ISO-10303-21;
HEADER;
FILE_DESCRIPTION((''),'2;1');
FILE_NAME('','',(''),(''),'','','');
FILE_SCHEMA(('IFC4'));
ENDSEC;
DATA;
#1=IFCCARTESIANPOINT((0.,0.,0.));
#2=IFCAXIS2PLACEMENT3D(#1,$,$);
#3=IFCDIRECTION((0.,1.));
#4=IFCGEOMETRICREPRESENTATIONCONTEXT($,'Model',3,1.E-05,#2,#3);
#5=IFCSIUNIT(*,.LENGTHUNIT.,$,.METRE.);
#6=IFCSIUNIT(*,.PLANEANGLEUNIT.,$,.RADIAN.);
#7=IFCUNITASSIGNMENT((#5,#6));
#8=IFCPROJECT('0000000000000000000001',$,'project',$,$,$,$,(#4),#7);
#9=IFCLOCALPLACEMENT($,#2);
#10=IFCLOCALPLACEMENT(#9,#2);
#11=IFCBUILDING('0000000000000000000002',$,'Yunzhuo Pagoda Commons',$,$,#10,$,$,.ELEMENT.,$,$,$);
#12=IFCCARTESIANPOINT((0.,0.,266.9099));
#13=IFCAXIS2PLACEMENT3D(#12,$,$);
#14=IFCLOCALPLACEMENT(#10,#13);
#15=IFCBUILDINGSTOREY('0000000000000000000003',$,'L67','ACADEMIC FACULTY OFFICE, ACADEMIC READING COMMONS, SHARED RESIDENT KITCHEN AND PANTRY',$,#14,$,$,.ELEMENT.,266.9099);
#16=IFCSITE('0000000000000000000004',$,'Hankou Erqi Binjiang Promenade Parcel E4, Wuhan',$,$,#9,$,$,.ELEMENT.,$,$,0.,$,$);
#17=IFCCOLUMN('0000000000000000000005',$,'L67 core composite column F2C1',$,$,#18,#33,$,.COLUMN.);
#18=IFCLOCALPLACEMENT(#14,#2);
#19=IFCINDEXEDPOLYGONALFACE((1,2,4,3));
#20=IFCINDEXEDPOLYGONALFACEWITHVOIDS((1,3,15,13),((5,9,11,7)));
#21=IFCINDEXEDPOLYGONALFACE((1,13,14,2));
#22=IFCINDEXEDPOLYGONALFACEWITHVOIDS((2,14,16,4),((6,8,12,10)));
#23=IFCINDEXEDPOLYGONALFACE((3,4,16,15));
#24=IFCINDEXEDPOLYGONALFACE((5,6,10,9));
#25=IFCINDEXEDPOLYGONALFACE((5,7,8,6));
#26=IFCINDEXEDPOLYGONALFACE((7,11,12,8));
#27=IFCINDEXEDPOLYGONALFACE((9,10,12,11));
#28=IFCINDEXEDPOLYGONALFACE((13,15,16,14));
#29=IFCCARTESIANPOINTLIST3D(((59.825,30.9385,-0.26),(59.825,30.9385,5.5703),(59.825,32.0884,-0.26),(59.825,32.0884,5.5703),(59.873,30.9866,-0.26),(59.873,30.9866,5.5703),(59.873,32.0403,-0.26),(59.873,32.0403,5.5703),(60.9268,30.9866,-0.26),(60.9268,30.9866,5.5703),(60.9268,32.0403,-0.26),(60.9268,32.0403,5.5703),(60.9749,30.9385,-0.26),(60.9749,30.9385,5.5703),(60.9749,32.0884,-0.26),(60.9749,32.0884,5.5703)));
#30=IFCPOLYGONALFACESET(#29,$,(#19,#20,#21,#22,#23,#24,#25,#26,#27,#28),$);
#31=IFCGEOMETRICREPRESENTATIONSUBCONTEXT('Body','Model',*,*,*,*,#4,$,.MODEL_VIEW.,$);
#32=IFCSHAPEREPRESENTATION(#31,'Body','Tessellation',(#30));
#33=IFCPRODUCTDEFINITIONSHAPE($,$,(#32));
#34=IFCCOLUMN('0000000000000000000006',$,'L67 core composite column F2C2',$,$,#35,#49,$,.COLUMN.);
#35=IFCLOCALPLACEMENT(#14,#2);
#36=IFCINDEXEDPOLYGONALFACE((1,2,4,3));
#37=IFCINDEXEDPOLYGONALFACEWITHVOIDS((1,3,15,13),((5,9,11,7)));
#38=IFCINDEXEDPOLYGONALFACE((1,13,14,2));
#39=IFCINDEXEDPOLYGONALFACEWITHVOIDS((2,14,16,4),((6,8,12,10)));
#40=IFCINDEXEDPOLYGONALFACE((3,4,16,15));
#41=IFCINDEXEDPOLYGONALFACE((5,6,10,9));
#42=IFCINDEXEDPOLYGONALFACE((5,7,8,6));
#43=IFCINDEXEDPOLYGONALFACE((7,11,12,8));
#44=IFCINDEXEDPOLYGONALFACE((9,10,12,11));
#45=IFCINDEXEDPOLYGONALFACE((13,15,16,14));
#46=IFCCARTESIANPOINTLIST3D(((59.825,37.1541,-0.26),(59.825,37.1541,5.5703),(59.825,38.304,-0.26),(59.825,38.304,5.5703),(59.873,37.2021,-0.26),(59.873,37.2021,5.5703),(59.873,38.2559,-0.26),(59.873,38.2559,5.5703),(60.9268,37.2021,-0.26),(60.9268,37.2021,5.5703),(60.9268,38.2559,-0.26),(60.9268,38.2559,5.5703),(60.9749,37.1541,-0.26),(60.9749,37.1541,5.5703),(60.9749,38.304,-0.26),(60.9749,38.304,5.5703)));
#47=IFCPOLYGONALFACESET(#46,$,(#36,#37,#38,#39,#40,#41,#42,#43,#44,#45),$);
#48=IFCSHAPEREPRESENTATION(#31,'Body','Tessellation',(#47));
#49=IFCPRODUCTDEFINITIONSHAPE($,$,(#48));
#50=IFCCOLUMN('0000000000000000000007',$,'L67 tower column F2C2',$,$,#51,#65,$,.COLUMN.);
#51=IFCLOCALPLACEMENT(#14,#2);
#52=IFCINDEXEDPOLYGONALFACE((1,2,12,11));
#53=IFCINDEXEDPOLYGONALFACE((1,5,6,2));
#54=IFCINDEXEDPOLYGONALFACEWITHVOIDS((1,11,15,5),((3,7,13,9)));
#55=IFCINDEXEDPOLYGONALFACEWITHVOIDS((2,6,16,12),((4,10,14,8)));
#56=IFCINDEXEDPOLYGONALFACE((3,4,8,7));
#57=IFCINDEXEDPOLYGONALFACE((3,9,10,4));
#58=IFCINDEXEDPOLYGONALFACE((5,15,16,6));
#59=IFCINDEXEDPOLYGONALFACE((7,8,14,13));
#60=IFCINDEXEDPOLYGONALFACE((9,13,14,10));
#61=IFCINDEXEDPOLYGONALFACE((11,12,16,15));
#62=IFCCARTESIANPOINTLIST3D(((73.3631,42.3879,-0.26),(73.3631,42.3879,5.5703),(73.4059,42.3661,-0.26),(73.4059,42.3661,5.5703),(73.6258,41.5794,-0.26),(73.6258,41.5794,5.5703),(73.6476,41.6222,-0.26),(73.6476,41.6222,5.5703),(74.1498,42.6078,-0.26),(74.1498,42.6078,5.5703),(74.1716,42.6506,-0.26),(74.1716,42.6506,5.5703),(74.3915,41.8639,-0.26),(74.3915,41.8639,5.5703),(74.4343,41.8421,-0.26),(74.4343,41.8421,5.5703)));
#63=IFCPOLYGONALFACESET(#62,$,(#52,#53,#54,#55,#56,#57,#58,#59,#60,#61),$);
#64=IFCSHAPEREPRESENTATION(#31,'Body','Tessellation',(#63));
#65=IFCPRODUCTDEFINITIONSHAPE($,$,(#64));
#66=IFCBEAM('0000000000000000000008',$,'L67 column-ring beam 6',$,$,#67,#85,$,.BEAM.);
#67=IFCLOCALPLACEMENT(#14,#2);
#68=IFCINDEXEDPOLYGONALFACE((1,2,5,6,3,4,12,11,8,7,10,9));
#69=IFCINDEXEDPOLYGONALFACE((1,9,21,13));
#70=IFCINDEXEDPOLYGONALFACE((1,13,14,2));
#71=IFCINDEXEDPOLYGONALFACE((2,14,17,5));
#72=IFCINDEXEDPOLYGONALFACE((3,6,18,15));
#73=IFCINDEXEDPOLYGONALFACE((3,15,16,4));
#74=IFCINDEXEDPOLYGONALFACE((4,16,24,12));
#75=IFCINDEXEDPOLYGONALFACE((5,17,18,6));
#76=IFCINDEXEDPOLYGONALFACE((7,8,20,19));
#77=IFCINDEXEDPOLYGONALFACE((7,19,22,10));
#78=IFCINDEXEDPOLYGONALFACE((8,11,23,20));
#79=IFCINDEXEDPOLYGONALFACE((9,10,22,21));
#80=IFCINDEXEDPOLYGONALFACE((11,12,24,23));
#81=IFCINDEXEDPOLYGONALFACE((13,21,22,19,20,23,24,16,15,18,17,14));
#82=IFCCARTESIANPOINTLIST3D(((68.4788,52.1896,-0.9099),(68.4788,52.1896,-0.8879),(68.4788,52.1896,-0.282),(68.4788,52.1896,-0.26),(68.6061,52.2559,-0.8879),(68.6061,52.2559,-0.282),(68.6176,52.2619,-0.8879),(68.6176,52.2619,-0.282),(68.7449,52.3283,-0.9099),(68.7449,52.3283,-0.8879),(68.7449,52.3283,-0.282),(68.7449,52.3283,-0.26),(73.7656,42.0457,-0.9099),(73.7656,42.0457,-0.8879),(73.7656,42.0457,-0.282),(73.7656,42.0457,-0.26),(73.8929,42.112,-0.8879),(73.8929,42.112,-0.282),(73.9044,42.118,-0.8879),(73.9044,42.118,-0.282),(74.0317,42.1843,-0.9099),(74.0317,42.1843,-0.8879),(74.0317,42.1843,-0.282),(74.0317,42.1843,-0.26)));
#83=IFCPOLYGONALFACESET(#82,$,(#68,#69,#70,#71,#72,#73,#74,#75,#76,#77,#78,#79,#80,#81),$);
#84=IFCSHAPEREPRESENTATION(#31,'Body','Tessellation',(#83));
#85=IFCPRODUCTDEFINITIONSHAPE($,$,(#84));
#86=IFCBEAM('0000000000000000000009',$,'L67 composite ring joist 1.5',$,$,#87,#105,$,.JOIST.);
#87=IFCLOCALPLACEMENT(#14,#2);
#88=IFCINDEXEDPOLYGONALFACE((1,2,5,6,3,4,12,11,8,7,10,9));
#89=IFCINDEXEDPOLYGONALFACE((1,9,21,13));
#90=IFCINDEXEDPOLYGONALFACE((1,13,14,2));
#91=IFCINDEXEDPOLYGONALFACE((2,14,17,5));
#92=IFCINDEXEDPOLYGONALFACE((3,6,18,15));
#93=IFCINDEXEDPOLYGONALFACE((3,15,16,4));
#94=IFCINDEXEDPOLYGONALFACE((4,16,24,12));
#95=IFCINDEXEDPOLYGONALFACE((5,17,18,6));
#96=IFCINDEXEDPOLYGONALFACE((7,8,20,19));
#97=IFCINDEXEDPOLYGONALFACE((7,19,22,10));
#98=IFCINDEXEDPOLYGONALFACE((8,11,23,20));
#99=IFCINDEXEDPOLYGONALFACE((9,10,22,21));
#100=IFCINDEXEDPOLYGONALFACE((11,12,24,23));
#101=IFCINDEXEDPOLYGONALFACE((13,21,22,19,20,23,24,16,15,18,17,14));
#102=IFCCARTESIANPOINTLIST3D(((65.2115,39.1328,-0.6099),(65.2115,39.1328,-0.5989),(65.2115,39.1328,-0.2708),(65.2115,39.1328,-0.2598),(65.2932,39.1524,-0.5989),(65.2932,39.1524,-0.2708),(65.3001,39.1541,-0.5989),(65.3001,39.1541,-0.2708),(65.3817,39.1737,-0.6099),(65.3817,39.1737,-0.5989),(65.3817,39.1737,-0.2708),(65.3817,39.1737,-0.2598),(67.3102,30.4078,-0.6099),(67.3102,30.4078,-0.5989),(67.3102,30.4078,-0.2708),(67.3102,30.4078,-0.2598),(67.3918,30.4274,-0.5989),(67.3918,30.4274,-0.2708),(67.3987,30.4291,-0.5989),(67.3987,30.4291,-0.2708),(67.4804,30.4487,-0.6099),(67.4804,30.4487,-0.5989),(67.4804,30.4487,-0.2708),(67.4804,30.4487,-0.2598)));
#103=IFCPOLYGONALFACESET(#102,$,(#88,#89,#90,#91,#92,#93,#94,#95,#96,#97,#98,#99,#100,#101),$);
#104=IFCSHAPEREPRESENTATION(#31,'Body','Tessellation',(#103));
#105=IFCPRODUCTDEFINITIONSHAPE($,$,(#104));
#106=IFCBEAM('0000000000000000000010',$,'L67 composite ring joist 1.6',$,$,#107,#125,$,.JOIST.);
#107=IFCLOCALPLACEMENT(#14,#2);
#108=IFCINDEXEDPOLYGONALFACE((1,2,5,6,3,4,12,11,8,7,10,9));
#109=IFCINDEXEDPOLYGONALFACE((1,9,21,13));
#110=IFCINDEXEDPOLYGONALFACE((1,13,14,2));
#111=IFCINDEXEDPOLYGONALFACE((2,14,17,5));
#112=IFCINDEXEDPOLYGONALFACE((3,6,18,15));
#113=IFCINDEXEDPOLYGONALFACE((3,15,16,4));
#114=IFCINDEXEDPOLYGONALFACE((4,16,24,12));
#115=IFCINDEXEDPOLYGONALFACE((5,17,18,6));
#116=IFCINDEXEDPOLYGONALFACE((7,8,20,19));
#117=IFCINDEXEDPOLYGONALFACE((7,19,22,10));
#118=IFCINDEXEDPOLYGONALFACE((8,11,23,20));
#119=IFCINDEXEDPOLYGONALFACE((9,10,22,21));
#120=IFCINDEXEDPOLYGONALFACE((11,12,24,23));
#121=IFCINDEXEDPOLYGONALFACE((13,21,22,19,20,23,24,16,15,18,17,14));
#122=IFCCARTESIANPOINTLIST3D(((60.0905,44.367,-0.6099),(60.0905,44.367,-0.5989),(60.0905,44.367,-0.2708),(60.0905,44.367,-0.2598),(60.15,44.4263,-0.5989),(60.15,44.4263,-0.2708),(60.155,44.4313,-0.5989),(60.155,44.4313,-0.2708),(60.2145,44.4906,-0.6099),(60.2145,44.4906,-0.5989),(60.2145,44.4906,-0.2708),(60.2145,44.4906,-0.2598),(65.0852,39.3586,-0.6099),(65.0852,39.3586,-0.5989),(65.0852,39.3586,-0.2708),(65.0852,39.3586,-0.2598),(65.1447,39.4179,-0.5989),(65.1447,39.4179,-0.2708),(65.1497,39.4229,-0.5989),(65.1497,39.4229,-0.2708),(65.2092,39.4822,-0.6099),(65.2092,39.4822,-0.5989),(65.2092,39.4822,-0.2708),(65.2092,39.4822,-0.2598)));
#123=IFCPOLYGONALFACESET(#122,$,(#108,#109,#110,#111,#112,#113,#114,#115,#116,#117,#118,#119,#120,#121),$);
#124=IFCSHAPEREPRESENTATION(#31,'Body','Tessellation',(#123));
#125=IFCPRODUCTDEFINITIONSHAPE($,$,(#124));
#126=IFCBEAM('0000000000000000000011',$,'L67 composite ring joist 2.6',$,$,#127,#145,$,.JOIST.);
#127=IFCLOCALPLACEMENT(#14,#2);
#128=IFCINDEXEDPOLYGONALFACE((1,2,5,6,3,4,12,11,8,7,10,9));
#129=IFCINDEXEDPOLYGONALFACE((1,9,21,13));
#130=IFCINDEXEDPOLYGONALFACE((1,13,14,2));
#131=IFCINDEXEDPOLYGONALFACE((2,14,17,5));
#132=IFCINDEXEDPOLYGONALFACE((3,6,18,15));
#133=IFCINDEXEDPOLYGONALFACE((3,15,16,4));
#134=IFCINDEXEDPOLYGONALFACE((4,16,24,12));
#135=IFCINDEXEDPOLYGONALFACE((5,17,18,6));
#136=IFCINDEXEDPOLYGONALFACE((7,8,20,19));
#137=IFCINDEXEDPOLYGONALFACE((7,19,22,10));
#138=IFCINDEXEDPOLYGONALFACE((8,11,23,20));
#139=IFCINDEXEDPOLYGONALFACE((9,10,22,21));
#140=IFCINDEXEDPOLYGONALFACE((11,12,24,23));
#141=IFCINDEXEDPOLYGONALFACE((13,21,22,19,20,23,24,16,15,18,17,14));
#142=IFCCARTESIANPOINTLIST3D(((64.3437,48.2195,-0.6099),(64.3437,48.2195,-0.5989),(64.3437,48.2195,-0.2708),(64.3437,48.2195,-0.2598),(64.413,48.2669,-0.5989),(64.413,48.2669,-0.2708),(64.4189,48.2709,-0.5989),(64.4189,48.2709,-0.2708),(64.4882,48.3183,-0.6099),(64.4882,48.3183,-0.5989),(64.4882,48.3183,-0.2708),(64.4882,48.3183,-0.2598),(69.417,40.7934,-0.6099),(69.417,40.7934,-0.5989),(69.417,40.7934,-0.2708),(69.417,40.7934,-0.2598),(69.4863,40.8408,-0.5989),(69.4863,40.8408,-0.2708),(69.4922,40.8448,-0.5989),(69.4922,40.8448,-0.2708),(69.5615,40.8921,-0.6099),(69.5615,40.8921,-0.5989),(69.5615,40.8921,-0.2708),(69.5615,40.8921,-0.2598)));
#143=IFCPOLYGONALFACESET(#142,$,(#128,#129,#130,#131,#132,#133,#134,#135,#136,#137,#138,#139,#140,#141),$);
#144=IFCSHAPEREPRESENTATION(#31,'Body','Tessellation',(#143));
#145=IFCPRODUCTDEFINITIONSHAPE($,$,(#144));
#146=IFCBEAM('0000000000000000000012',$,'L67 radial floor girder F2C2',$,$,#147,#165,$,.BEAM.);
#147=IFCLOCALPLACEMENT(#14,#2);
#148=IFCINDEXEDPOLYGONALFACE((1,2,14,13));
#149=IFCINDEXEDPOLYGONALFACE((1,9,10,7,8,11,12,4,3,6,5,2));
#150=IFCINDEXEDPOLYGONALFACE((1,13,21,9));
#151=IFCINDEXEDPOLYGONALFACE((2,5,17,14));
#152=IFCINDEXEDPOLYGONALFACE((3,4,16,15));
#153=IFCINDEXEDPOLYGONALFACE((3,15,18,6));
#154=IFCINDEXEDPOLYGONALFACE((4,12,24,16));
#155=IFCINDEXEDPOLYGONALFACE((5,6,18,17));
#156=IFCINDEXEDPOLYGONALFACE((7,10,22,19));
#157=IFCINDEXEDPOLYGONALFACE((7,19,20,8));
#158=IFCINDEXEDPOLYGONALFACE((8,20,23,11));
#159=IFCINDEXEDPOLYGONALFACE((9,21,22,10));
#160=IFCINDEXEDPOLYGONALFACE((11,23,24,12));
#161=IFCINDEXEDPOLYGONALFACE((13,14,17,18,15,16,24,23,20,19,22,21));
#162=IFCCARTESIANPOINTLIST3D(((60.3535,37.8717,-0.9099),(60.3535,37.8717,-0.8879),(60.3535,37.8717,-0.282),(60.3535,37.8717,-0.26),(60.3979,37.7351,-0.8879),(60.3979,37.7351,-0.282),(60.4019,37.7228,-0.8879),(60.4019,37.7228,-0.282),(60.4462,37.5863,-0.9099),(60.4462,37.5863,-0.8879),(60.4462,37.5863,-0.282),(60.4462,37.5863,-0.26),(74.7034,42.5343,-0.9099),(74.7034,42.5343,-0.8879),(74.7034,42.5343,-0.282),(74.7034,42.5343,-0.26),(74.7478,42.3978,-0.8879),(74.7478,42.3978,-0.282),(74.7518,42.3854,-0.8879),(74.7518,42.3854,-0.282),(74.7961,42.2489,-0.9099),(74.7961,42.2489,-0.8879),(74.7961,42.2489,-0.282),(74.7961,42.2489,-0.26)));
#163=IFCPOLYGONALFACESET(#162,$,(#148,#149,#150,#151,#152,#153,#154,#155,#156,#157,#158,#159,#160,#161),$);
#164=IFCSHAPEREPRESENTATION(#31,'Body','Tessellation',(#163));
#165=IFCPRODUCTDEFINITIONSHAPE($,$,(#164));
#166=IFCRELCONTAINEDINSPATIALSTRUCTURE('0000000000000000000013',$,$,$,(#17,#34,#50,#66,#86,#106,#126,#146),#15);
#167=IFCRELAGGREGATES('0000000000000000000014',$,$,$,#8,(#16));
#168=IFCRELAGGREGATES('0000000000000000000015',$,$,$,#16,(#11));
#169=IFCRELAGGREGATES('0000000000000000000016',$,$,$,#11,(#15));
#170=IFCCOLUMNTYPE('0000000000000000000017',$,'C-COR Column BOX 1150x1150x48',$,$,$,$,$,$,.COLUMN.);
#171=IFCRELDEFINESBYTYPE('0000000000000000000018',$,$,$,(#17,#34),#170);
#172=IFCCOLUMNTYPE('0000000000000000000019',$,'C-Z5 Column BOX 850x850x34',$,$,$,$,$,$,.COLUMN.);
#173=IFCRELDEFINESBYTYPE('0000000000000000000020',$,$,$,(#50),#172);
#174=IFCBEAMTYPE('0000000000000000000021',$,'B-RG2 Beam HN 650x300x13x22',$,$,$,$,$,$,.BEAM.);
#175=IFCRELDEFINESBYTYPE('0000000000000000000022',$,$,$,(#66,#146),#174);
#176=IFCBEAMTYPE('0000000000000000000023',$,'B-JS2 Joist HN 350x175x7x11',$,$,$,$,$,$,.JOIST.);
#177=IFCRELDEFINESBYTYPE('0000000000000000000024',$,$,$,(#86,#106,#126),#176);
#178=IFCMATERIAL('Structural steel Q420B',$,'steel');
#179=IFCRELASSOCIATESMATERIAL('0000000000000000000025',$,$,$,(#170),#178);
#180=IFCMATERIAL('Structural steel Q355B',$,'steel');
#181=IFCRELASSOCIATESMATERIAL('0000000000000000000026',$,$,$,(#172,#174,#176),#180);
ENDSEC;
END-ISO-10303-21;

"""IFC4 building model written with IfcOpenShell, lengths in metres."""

from ifc_helpers import new_model, si_unit, direction, frame, origin, origin_2d, place, context, subcontext, project, spatial, hollow_rectangle, i_section, extrude, source, transform, mapped, material, material_profile, profile_set, type_object, element, save


model = new_model("IFC4")

# Units and contexts
model_context = context("Model", 3, precision=1e-05, world=origin(), true_north=direction((0.0, 1.0)))
body_context = subcontext(model_context, "Body", "Model", "MODEL_VIEW")
ifc_project = project(units=[si_unit("LENGTHUNIT", "METRE"), si_unit("PLANEANGLEUNIT", "RADIAN")], contexts=[model_context])

# Site, building, storey
site_placement = place(None, origin())
site = spatial("IfcSite", under=ifc_project, at=site_placement, Name="Hankou Erqi Binjiang Promenade Parcel E4, Wuhan", CompositionType="ELEMENT", RefElevation=0.0)
building_placement = place(site_placement, origin())
building = spatial("IfcBuilding", under=site, at=building_placement, Name="Yunzhuo Pagoda Commons", CompositionType="ELEMENT")
storey_placement = place(building_placement, frame((0.0, 0.0, 266.9099)))
storey = spatial("IfcBuildingStorey", under=building, at=storey_placement, Name="L67", Description="ACADEMIC FACULTY OFFICE, ACADEMIC READING COMMONS, SHARED RESIDENT KITCHEN AND PANTRY", CompositionType="ELEMENT", Elevation=266.9099)

# Columns
ifc_material_1 = material(Name="Structural steel Q420B", Category="steel")
ifc_material_profile_1 = material_profile(ifc_material_1, hollow_rectangle(XDim=1.1499, YDim=1.1499, WallThickness=0.0481, at=origin_2d()), Name="Structural steel Q420B")
ifc_profile_set_1 = profile_set([ifc_material_profile_1], Name="Structural steel Q420B")
column_type_1 = type_object("IfcColumnType", Name="C-COR Column BOX 1150x1150x48", PredefinedType="COLUMN", material=ifc_profile_set_1)
shared_shape_1 = source(origin(), body_context, "Body", "SweptSolid", [
    extrude(hollow_rectangle(XDim=1.1499, YDim=1.1499, WallThickness=0.0481, at=origin_2d()), origin(), (0.0, 0.0, 1.0), 5.8303),
])
for number, where, z_axis, x_axis, name in (
    (1, (60.3999, 31.5134, -0.26), (0.0, 0.0, 1.0), (1.0, 0.0, 0.0), "L67 core composite column F2C1"),
    (2, (60.3999, 37.729, -0.26), (0.0, 0.0, 1.0), (1.0, 0.0, 0.0), "L67 core composite column F2C2"),
):
    element("IfcColumn", number, at=place(storey_placement, frame(where, z_axis=z_axis, x_axis=x_axis)), inside=storey, type_object=column_type_1, Name=name, PredefinedType="COLUMN", context=body_context, shape_type="MappedRepresentation", body=[
        mapped(shared_shape_1, transform((0.0, 0.0, 0.0), scale=1.0)),
    ])
ifc_material_2 = material(Name="Structural steel Q355B", Category="steel")
ifc_material_profile_2 = material_profile(ifc_material_2, hollow_rectangle(XDim=0.8501, YDim=0.8501, WallThickness=0.0339, at=origin_2d()), Name="Structural steel Q355B")
ifc_profile_set_2 = profile_set([ifc_material_profile_2], Name="Structural steel Q355B")
column_type_2 = type_object("IfcColumnType", Name="C-Z5 Column BOX 850x850x34", PredefinedType="COLUMN", material=ifc_profile_set_2)
shared_shape_2 = source(origin(), body_context, "Body", "SweptSolid", [
    extrude(hollow_rectangle(XDim=0.8501, YDim=0.8501, WallThickness=0.0339, at=origin_2d()), origin(), (0.0, 0.0, 1.0), 5.8303),
])
column_placement = place(storey_placement, frame((73.8987, 42.115, -0.26), z_axis=(0.0, 0.0, 1.0), x_axis=(-0.309017, 0.951057, 0.0)))
element("IfcColumn", 3, at=column_placement, inside=storey, type_object=column_type_2, Name="L67 tower column F2C2", PredefinedType="COLUMN", context=body_context, shape_type="MappedRepresentation", body=[
    mapped(shared_shape_2, transform((0.0, 0.0, 0.0), scale=1.0)),
])

# Beams
ifc_material_profile_3 = material_profile(ifc_material_2, i_section(OverallWidth=0.3, OverallDepth=0.6499, WebThickness=0.0129, FlangeThickness=0.022, at=origin_2d()), Name="Structural steel Q355B")
ifc_profile_set_3 = profile_set([ifc_material_profile_3], Name="Structural steel Q355B")
beam_type_1 = type_object("IfcBeamType", Name="B-RG2 Beam HN 650x300x13x22", PredefinedType="BEAM", material=ifc_profile_set_3)
shared_shape_3 = source(origin(), body_context, "Body", "SweptSolid", [
    extrude(i_section(OverallWidth=0.3, OverallDepth=0.6499, WebThickness=0.0129, FlangeThickness=0.022, at=origin_2d()), origin(), (0.0, 0.0, 1.0), 11.439),
])
beam_1_placement = place(storey_placement, frame((73.8987, 42.115, -0.585), z_axis=(-0.462176, 0.886788, 0.0), x_axis=(-0.886788, -0.462176, 0.0)))
element("IfcBeam", 4, at=beam_1_placement, inside=storey, type_object=beam_type_1, Name="L67 column-ring beam 6", PredefinedType="BEAM", context=body_context, shape_type="MappedRepresentation", body=[
    mapped(shared_shape_3, transform((0.0, 0.0, 0.0), scale=1.0)),
])
ifc_material_profile_4 = material_profile(ifc_material_2, i_section(OverallWidth=0.175, OverallDepth=0.3501, WebThickness=0.0071, FlangeThickness=0.011, at=origin_2d()), Name="Structural steel Q355B")
ifc_profile_set_4 = profile_set([ifc_material_profile_4], Name="Structural steel Q355B")
beam_type_2 = type_object("IfcBeamType", Name="B-JS2 Joist HN 350x175x7x11", PredefinedType="JOIST", material=ifc_profile_set_4)
shared_shape_4 = source(origin(), body_context, "Body", "SweptSolid", [
    extrude(i_section(OverallWidth=0.175, OverallDepth=0.3501, WebThickness=0.0071, FlangeThickness=0.011, at=origin_2d()), origin(), (0.0, 0.0, 1.0), 8.9739),
])
beam_2_placement = place(storey_placement, frame((67.3953, 30.4282, -0.4348), z_axis=(-0.233859, 0.972271, 0.0), x_axis=(-0.972271, -0.233859, 0.0)))
element("IfcBeam", 5, at=beam_2_placement, inside=storey, type_object=beam_type_2, Name="L67 composite ring joist 1.5", PredefinedType="JOIST", context=body_context, shape_type="MappedRepresentation", body=[
    mapped(shared_shape_4, transform((0.0, 0.0, 0.0), scale=1.0)),
])
shared_shape_5 = source(origin(), body_context, "Body", "SweptSolid", [
    extrude(i_section(OverallWidth=0.175, OverallDepth=0.3501, WebThickness=0.0071, FlangeThickness=0.011, at=origin_2d()), origin(), (0.0, 0.0, 1.0), 7.0732),
])
beam_3_placement = place(storey_placement, frame((65.1472, 39.4204, -0.4348), z_axis=(-0.70614, 0.708073, 0.0), x_axis=(-0.708073, -0.70614, 0.0)))
element("IfcBeam", 6, at=beam_3_placement, inside=storey, type_object=beam_type_2, Name="L67 composite ring joist 1.6", PredefinedType="JOIST", context=body_context, shape_type="MappedRepresentation", body=[
    mapped(shared_shape_5, transform((0.0, 0.0, 0.0), scale=1.0)),
])
shared_shape_6 = source(origin(), body_context, "Body", "SweptSolid", [
    extrude(i_section(OverallWidth=0.175, OverallDepth=0.3501, WebThickness=0.0071, FlangeThickness=0.011, at=origin_2d()), origin(), (0.0, 0.0, 1.0), 8.9937),
])
beam_4_placement = place(storey_placement, frame((69.4893, 40.8428, -0.4348), z_axis=(-0.564099, 0.825707, 0.0), x_axis=(-0.825707, -0.564099, 0.0)))
element("IfcBeam", 7, at=beam_4_placement, inside=storey, type_object=beam_type_2, Name="L67 composite ring joist 2.6", PredefinedType="JOIST", context=body_context, shape_type="MappedRepresentation", body=[
    mapped(shared_shape_6, transform((0.0, 0.0, 0.0), scale=1.0)),
])
shared_shape_7 = source(origin(), body_context, "Body", "SweptSolid", [
    extrude(i_section(OverallWidth=0.3, OverallDepth=0.6499, WebThickness=0.0129, FlangeThickness=0.022, at=origin_2d()), origin(), (0.0, 0.0, 1.0), 15.0884),
])
beam_5_placement = place(storey_placement, frame((74.7498, 42.3916, -0.585), z_axis=(-0.951056, -0.30902, 0.0), x_axis=(0.30902, -0.951056, 0.0)))
element("IfcBeam", 8, at=beam_5_placement, inside=storey, type_object=beam_type_1, Name="L67 radial floor girder F2C2", PredefinedType="BEAM", context=body_context, shape_type="MappedRepresentation", body=[
    mapped(shared_shape_7, transform((0.0, 0.0, 0.0), scale=1.0)),
])

save(model, "model.ifc")
